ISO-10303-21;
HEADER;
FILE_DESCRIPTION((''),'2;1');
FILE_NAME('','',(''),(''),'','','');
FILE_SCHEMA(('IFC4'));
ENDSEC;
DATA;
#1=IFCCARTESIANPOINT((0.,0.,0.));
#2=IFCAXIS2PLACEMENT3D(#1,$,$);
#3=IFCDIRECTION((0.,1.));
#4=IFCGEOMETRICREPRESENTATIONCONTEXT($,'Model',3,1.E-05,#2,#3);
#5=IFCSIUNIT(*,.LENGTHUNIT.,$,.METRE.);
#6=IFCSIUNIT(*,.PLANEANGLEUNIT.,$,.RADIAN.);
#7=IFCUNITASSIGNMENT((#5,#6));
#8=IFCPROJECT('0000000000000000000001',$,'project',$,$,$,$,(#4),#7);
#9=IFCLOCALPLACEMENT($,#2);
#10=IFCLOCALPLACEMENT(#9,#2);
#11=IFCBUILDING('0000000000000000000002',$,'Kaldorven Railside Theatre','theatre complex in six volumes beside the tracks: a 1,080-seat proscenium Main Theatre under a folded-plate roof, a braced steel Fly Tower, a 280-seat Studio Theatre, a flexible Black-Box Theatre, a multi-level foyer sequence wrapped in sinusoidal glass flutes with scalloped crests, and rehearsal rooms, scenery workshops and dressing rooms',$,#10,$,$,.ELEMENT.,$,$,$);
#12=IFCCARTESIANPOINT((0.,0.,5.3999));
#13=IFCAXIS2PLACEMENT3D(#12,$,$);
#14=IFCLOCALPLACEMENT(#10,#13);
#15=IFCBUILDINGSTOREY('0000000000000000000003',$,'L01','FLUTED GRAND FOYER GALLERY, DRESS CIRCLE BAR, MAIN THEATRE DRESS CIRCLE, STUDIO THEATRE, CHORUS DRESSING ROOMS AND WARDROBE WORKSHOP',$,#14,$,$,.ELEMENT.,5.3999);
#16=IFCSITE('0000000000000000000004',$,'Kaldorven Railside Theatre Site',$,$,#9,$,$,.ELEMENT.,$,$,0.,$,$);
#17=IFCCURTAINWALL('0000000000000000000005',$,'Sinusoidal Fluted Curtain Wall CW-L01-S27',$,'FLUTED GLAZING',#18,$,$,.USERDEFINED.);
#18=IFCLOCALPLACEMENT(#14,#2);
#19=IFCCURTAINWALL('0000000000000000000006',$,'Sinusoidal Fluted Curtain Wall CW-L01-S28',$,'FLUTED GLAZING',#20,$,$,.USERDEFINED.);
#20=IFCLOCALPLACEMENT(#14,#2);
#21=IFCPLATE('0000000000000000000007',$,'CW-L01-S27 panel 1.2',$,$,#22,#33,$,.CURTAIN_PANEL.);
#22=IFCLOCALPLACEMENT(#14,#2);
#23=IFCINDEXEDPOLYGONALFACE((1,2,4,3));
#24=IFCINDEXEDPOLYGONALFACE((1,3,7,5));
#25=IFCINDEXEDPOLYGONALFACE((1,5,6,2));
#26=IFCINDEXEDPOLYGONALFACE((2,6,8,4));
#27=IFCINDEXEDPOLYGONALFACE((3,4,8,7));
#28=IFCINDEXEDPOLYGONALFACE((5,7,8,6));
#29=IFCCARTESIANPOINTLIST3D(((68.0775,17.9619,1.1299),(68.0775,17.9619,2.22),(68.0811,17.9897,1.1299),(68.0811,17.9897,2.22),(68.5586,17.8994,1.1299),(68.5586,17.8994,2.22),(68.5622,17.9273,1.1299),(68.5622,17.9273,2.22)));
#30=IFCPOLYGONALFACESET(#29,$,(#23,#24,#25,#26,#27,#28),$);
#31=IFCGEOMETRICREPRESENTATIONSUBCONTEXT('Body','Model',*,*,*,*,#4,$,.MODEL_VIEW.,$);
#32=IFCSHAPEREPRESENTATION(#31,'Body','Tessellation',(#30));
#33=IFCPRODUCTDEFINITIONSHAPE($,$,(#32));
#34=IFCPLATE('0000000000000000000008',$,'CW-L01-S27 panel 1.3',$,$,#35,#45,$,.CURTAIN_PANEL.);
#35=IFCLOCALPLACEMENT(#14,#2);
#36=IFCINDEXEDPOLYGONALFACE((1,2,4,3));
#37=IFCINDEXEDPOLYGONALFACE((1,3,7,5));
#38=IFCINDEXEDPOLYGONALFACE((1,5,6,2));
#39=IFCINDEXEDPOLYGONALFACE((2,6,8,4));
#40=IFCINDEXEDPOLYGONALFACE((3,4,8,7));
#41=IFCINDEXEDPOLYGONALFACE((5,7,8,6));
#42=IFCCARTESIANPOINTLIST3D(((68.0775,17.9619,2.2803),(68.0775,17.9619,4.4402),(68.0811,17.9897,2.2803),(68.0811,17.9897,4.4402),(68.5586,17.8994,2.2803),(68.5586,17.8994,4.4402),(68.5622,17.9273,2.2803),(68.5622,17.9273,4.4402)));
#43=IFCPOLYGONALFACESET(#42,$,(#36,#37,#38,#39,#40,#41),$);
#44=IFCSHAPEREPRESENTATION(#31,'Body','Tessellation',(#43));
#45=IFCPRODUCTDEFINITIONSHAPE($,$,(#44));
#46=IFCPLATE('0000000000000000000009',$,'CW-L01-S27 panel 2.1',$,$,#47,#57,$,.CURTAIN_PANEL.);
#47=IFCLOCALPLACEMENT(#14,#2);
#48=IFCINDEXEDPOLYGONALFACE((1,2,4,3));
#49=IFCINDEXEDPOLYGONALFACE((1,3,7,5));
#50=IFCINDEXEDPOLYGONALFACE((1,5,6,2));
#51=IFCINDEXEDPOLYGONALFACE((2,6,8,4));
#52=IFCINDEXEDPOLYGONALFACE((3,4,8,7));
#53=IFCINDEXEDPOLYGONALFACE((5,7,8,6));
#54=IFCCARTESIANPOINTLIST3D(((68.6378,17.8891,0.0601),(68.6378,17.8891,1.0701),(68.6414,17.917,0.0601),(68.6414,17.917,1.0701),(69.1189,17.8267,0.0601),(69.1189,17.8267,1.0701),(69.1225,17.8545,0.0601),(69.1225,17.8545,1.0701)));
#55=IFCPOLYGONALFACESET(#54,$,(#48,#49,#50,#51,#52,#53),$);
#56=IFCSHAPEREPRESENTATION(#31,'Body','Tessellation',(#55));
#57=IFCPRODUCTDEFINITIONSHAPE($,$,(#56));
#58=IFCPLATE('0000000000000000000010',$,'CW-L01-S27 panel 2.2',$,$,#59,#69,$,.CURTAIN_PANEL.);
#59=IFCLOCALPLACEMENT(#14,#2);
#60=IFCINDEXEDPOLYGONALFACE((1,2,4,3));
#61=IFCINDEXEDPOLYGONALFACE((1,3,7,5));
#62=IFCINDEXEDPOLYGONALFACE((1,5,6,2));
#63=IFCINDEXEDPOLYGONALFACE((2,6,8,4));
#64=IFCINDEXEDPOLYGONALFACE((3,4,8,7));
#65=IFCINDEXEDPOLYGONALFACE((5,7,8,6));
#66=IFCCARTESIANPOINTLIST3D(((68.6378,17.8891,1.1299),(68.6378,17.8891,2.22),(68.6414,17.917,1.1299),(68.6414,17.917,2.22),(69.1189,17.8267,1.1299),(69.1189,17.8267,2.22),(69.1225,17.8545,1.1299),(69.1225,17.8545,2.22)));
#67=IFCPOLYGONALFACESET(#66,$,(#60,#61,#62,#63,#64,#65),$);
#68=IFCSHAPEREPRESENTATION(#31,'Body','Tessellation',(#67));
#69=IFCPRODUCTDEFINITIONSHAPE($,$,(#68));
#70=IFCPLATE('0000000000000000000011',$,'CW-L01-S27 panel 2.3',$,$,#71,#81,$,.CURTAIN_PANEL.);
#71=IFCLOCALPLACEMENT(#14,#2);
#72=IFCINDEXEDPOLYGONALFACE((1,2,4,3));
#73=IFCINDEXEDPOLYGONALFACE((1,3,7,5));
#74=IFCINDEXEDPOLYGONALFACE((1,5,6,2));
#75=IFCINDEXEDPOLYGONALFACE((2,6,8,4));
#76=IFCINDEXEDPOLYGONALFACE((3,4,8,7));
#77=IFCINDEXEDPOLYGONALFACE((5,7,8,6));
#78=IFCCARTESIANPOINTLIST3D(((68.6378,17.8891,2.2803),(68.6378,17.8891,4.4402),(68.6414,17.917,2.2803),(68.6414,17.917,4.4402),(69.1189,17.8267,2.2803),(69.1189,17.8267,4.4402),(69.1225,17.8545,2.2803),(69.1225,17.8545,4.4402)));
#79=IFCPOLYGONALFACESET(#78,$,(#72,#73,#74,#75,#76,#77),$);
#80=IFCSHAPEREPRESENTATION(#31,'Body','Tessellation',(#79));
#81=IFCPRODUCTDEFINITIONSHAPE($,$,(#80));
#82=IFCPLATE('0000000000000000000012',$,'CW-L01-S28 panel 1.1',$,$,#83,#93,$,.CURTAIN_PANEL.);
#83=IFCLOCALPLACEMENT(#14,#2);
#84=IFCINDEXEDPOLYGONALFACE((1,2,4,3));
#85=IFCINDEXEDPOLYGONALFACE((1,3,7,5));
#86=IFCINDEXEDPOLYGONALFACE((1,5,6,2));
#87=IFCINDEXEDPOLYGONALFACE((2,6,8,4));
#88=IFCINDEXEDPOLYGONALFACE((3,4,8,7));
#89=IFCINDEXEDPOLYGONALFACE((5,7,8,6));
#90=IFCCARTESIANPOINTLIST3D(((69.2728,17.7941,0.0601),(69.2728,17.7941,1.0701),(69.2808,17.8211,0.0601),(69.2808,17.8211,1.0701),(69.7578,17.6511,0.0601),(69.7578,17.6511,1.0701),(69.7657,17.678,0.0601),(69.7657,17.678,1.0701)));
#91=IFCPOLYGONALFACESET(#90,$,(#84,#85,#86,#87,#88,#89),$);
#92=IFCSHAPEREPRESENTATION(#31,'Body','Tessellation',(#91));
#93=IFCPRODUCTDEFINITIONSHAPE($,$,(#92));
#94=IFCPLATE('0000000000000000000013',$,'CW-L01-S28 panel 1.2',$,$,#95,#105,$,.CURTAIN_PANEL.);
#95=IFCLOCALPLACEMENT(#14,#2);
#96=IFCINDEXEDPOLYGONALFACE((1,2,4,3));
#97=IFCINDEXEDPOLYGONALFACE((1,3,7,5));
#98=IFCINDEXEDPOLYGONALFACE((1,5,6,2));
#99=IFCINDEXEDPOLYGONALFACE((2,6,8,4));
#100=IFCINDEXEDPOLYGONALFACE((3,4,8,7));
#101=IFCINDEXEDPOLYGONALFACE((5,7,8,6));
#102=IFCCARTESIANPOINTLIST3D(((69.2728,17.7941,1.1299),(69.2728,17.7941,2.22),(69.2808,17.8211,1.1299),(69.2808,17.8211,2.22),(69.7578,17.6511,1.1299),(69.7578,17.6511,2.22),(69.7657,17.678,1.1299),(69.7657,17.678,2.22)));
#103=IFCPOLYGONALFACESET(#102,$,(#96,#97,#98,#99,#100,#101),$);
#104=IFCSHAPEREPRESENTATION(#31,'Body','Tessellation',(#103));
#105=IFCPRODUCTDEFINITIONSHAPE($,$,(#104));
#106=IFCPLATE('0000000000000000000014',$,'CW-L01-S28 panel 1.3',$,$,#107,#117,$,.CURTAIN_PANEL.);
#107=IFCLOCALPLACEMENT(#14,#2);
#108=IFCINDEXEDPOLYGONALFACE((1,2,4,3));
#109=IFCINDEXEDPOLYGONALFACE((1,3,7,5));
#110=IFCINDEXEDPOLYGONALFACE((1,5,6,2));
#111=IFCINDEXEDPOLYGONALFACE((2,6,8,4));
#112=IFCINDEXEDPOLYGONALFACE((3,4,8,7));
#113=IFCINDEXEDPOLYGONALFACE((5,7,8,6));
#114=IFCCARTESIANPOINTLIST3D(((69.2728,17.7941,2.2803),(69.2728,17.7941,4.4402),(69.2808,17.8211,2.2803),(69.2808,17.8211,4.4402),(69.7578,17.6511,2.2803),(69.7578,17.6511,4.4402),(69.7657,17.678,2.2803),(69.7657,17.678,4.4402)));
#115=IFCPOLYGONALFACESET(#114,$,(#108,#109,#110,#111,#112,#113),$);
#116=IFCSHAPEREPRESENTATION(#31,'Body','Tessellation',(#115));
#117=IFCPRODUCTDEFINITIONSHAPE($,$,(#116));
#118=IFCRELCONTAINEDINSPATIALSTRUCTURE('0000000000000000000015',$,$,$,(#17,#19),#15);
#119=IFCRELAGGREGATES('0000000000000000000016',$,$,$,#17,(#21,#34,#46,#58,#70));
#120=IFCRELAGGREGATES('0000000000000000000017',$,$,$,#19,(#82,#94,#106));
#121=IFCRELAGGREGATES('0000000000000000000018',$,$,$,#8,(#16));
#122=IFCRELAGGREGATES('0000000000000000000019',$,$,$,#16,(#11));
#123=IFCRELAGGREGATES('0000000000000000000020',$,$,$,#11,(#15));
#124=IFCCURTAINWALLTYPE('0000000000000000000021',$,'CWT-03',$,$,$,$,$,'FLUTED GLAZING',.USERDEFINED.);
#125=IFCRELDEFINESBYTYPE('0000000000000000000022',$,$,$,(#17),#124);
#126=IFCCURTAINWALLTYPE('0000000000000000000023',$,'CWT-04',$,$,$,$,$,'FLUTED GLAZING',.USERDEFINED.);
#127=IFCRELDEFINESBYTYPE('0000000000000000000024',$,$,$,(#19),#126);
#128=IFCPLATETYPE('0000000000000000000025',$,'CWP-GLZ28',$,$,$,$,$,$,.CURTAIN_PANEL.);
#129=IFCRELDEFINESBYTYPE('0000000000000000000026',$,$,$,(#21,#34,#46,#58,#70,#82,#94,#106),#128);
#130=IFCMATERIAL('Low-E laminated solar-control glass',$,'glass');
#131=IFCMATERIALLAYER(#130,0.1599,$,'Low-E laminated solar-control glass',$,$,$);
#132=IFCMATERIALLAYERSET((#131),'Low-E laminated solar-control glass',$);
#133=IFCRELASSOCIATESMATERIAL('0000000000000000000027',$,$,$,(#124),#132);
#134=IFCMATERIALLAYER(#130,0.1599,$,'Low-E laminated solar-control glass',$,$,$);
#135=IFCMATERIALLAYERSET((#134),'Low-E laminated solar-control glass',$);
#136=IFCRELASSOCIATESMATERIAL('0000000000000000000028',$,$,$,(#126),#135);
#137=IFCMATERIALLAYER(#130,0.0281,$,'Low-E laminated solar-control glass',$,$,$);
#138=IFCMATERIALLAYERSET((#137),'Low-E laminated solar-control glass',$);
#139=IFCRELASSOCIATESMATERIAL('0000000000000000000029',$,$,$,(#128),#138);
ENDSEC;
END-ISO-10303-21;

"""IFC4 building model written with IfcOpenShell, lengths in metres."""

from ifc_helpers import new_model, si_unit, direction, frame, origin, origin_2d, place, context, subcontext, project, spatial, rectangle, extrude, material, layer, layer_set, type_object, element, aggregate, save


model = new_model("IFC4")

# Units and contexts
model_context = context("Model", 3, precision=1e-05, world=origin(), true_north=direction((0.0, 1.0)))
body_context = subcontext(model_context, "Body", "Model", "MODEL_VIEW")
ifc_project = project(units=[si_unit("LENGTHUNIT", "METRE"), si_unit("PLANEANGLEUNIT", "RADIAN")], contexts=[model_context])

# Site, building, storey
site_placement = place(None, origin())
site = spatial("IfcSite", under=ifc_project, at=site_placement, Name="Kaldorven Railside Theatre Site", CompositionType="ELEMENT", RefElevation=0.0)
building_placement = place(site_placement, origin())
building = spatial("IfcBuilding", under=site, at=building_placement, Name="Kaldorven Railside Theatre", Description="theatre complex in six volumes beside the tracks: a 1,080-seat proscenium Main Theatre under a folded-plate roof, a braced steel Fly Tower, a 280-seat Studio Theatre, a flexible Black-Box Theatre, a multi-level foyer sequence wrapped in sinusoidal glass flutes with scalloped crests, and rehearsal rooms, scenery workshops and dressing rooms", CompositionType="ELEMENT")
storey_placement = place(building_placement, frame((0.0, 0.0, 5.3999)))
storey = spatial("IfcBuildingStorey", under=building, at=storey_placement, Name="L01", Description="FLUTED GRAND FOYER GALLERY, DRESS CIRCLE BAR, MAIN THEATRE DRESS CIRCLE, STUDIO THEATRE, CHORUS DRESSING ROOMS AND WARDROBE WORKSHOP", CompositionType="ELEMENT", Elevation=5.3999)

# Curtain walls
ifc_material_1 = material(Name="Low-E laminated solar-control glass", Category="glass")
ifc_layer_1 = layer(ifc_material_1, 0.1599, Name="Low-E laminated solar-control glass")
ifc_layer_set_1 = layer_set([ifc_layer_1], Name="Low-E laminated solar-control glass")
curtain_wall_type_1 = type_object("IfcCurtainWallType", Name="CWT-03", ElementType="FLUTED GLAZING", PredefinedType="USERDEFINED", material=ifc_layer_set_1)
curtain_wall_1_placement = place(storey_placement, origin())
curtain_wall_1 = element("IfcCurtainWall", 1, at=curtain_wall_1_placement, inside=storey, type_object=curtain_wall_type_1, Name="Sinusoidal Fluted Curtain Wall CW-L01-S27", ObjectType="FLUTED GLAZING", PredefinedType="USERDEFINED")
ifc_layer_2 = layer(ifc_material_1, 0.1599, Name="Low-E laminated solar-control glass")
ifc_layer_set_2 = layer_set([ifc_layer_2], Name="Low-E laminated solar-control glass")
curtain_wall_type_2 = type_object("IfcCurtainWallType", Name="CWT-04", ElementType="FLUTED GLAZING", PredefinedType="USERDEFINED", material=ifc_layer_set_2)
curtain_wall_2_placement = place(storey_placement, origin())
curtain_wall_2 = element("IfcCurtainWall", 2, at=curtain_wall_2_placement, inside=storey, type_object=curtain_wall_type_2, Name="Sinusoidal Fluted Curtain Wall CW-L01-S28", ObjectType="FLUTED GLAZING", PredefinedType="USERDEFINED")

# Plates
ifc_layer_3 = layer(ifc_material_1, 0.0281, Name="Low-E laminated solar-control glass")
ifc_layer_set_3 = layer_set([ifc_layer_3], Name="Low-E laminated solar-control glass")
plate_type = type_object("IfcPlateType", Name="CWP-GLZ28", PredefinedType="CURTAIN_PANEL", material=ifc_layer_set_3)
plate_1_placement = place(storey_placement, frame((68.3198, 17.9446, 1.1299), z_axis=(0.0, 0.0, 1.0), x_axis=(0.991677, -0.128753, 0.0)))
plate_1 = element("IfcPlate", 3, at=plate_1_placement, type_object=plate_type, Name="CW-L01-S27 panel 1.2", PredefinedType="CURTAIN_PANEL", context=body_context, shape_type="SweptSolid", body=[
    extrude(rectangle(XDim=0.4851, YDim=0.0281, at=origin_2d()), origin(), (0.0, 0.0, 1.0), 1.0901),
])
plate_2_placement = place(storey_placement, frame((68.3198, 17.9446, 2.2803), z_axis=(0.0, 0.0, 1.0), x_axis=(0.991677, -0.128753, 0.0)))
plate_2 = element("IfcPlate", 4, at=plate_2_placement, type_object=plate_type, Name="CW-L01-S27 panel 1.3", PredefinedType="CURTAIN_PANEL", context=body_context, shape_type="SweptSolid", body=[
    extrude(rectangle(XDim=0.4851, YDim=0.0281, at=origin_2d()), origin(), (0.0, 0.0, 1.0), 2.1599),
])
plate_3_placement = place(storey_placement, frame((68.8801, 17.8718, 0.0601), z_axis=(0.0, 0.0, 1.0), x_axis=(0.991677, -0.128753, 0.0)))
plate_3 = element("IfcPlate", 5, at=plate_3_placement, type_object=plate_type, Name="CW-L01-S27 panel 2.1", PredefinedType="CURTAIN_PANEL", context=body_context, shape_type="SweptSolid", body=[
    extrude(rectangle(XDim=0.4851, YDim=0.0281, at=origin_2d()), origin(), (0.0, 0.0, 1.0), 1.01),
])
plate_4_placement = place(storey_placement, frame((68.8801, 17.8718, 1.1299), z_axis=(0.0, 0.0, 1.0), x_axis=(0.991677, -0.128753, 0.0)))
plate_4 = element("IfcPlate", 6, at=plate_4_placement, type_object=plate_type, Name="CW-L01-S27 panel 2.2", PredefinedType="CURTAIN_PANEL", context=body_context, shape_type="SweptSolid", body=[
    extrude(rectangle(XDim=0.4851, YDim=0.0281, at=origin_2d()), origin(), (0.0, 0.0, 1.0), 1.0901),
])
plate_5_placement = place(storey_placement, frame((68.8801, 17.8718, 2.2803), z_axis=(0.0, 0.0, 1.0), x_axis=(0.991677, -0.128753, 0.0)))
plate_5 = element("IfcPlate", 7, at=plate_5_placement, type_object=plate_type, Name="CW-L01-S27 panel 2.3", PredefinedType="CURTAIN_PANEL", context=body_context, shape_type="SweptSolid", body=[
    extrude(rectangle(XDim=0.4851, YDim=0.0281, at=origin_2d()), origin(), (0.0, 0.0, 1.0), 2.1599),
])
aggregate(curtain_wall_1, [plate_1, plate_2, plate_3, plate_4, plate_5])
plate_6_placement = place(storey_placement, frame((69.5193, 17.7361, 0.0601), z_axis=(0.0, 0.0, 1.0), x_axis=(0.959158, -0.282872, 0.0)))
plate_6 = element("IfcPlate", 8, at=plate_6_placement, type_object=plate_type, Name="CW-L01-S28 panel 1.1", PredefinedType="CURTAIN_PANEL", context=body_context, shape_type="SweptSolid", body=[
    extrude(rectangle(XDim=0.5056, YDim=0.0281, at=origin_2d()), origin(), (0.0, 0.0, 1.0), 1.01),
])
plate_7_placement = place(storey_placement, frame((69.5193, 17.7361, 1.1299), z_axis=(0.0, 0.0, 1.0), x_axis=(0.959158, -0.282872, 0.0)))
plate_7 = element("IfcPlate", 9, at=plate_7_placement, type_object=plate_type, Name="CW-L01-S28 panel 1.2", PredefinedType="CURTAIN_PANEL", context=body_context, shape_type="SweptSolid", body=[
    extrude(rectangle(XDim=0.5056, YDim=0.0281, at=origin_2d()), origin(), (0.0, 0.0, 1.0), 1.0901),
])
plate_8_placement = place(storey_placement, frame((69.5193, 17.7361, 2.2803), z_axis=(0.0, 0.0, 1.0), x_axis=(0.959158, -0.282872, 0.0)))
plate_8 = element("IfcPlate", 10, at=plate_8_placement, type_object=plate_type, Name="CW-L01-S28 panel 1.3", PredefinedType="CURTAIN_PANEL", context=body_context, shape_type="SweptSolid", body=[
    extrude(rectangle(XDim=0.5056, YDim=0.0281, at=origin_2d()), origin(), (0.0, 0.0, 1.0), 2.1599),
])
aggregate(curtain_wall_2, [plate_6, plate_7, plate_8])

save(model, "model.ifc")
